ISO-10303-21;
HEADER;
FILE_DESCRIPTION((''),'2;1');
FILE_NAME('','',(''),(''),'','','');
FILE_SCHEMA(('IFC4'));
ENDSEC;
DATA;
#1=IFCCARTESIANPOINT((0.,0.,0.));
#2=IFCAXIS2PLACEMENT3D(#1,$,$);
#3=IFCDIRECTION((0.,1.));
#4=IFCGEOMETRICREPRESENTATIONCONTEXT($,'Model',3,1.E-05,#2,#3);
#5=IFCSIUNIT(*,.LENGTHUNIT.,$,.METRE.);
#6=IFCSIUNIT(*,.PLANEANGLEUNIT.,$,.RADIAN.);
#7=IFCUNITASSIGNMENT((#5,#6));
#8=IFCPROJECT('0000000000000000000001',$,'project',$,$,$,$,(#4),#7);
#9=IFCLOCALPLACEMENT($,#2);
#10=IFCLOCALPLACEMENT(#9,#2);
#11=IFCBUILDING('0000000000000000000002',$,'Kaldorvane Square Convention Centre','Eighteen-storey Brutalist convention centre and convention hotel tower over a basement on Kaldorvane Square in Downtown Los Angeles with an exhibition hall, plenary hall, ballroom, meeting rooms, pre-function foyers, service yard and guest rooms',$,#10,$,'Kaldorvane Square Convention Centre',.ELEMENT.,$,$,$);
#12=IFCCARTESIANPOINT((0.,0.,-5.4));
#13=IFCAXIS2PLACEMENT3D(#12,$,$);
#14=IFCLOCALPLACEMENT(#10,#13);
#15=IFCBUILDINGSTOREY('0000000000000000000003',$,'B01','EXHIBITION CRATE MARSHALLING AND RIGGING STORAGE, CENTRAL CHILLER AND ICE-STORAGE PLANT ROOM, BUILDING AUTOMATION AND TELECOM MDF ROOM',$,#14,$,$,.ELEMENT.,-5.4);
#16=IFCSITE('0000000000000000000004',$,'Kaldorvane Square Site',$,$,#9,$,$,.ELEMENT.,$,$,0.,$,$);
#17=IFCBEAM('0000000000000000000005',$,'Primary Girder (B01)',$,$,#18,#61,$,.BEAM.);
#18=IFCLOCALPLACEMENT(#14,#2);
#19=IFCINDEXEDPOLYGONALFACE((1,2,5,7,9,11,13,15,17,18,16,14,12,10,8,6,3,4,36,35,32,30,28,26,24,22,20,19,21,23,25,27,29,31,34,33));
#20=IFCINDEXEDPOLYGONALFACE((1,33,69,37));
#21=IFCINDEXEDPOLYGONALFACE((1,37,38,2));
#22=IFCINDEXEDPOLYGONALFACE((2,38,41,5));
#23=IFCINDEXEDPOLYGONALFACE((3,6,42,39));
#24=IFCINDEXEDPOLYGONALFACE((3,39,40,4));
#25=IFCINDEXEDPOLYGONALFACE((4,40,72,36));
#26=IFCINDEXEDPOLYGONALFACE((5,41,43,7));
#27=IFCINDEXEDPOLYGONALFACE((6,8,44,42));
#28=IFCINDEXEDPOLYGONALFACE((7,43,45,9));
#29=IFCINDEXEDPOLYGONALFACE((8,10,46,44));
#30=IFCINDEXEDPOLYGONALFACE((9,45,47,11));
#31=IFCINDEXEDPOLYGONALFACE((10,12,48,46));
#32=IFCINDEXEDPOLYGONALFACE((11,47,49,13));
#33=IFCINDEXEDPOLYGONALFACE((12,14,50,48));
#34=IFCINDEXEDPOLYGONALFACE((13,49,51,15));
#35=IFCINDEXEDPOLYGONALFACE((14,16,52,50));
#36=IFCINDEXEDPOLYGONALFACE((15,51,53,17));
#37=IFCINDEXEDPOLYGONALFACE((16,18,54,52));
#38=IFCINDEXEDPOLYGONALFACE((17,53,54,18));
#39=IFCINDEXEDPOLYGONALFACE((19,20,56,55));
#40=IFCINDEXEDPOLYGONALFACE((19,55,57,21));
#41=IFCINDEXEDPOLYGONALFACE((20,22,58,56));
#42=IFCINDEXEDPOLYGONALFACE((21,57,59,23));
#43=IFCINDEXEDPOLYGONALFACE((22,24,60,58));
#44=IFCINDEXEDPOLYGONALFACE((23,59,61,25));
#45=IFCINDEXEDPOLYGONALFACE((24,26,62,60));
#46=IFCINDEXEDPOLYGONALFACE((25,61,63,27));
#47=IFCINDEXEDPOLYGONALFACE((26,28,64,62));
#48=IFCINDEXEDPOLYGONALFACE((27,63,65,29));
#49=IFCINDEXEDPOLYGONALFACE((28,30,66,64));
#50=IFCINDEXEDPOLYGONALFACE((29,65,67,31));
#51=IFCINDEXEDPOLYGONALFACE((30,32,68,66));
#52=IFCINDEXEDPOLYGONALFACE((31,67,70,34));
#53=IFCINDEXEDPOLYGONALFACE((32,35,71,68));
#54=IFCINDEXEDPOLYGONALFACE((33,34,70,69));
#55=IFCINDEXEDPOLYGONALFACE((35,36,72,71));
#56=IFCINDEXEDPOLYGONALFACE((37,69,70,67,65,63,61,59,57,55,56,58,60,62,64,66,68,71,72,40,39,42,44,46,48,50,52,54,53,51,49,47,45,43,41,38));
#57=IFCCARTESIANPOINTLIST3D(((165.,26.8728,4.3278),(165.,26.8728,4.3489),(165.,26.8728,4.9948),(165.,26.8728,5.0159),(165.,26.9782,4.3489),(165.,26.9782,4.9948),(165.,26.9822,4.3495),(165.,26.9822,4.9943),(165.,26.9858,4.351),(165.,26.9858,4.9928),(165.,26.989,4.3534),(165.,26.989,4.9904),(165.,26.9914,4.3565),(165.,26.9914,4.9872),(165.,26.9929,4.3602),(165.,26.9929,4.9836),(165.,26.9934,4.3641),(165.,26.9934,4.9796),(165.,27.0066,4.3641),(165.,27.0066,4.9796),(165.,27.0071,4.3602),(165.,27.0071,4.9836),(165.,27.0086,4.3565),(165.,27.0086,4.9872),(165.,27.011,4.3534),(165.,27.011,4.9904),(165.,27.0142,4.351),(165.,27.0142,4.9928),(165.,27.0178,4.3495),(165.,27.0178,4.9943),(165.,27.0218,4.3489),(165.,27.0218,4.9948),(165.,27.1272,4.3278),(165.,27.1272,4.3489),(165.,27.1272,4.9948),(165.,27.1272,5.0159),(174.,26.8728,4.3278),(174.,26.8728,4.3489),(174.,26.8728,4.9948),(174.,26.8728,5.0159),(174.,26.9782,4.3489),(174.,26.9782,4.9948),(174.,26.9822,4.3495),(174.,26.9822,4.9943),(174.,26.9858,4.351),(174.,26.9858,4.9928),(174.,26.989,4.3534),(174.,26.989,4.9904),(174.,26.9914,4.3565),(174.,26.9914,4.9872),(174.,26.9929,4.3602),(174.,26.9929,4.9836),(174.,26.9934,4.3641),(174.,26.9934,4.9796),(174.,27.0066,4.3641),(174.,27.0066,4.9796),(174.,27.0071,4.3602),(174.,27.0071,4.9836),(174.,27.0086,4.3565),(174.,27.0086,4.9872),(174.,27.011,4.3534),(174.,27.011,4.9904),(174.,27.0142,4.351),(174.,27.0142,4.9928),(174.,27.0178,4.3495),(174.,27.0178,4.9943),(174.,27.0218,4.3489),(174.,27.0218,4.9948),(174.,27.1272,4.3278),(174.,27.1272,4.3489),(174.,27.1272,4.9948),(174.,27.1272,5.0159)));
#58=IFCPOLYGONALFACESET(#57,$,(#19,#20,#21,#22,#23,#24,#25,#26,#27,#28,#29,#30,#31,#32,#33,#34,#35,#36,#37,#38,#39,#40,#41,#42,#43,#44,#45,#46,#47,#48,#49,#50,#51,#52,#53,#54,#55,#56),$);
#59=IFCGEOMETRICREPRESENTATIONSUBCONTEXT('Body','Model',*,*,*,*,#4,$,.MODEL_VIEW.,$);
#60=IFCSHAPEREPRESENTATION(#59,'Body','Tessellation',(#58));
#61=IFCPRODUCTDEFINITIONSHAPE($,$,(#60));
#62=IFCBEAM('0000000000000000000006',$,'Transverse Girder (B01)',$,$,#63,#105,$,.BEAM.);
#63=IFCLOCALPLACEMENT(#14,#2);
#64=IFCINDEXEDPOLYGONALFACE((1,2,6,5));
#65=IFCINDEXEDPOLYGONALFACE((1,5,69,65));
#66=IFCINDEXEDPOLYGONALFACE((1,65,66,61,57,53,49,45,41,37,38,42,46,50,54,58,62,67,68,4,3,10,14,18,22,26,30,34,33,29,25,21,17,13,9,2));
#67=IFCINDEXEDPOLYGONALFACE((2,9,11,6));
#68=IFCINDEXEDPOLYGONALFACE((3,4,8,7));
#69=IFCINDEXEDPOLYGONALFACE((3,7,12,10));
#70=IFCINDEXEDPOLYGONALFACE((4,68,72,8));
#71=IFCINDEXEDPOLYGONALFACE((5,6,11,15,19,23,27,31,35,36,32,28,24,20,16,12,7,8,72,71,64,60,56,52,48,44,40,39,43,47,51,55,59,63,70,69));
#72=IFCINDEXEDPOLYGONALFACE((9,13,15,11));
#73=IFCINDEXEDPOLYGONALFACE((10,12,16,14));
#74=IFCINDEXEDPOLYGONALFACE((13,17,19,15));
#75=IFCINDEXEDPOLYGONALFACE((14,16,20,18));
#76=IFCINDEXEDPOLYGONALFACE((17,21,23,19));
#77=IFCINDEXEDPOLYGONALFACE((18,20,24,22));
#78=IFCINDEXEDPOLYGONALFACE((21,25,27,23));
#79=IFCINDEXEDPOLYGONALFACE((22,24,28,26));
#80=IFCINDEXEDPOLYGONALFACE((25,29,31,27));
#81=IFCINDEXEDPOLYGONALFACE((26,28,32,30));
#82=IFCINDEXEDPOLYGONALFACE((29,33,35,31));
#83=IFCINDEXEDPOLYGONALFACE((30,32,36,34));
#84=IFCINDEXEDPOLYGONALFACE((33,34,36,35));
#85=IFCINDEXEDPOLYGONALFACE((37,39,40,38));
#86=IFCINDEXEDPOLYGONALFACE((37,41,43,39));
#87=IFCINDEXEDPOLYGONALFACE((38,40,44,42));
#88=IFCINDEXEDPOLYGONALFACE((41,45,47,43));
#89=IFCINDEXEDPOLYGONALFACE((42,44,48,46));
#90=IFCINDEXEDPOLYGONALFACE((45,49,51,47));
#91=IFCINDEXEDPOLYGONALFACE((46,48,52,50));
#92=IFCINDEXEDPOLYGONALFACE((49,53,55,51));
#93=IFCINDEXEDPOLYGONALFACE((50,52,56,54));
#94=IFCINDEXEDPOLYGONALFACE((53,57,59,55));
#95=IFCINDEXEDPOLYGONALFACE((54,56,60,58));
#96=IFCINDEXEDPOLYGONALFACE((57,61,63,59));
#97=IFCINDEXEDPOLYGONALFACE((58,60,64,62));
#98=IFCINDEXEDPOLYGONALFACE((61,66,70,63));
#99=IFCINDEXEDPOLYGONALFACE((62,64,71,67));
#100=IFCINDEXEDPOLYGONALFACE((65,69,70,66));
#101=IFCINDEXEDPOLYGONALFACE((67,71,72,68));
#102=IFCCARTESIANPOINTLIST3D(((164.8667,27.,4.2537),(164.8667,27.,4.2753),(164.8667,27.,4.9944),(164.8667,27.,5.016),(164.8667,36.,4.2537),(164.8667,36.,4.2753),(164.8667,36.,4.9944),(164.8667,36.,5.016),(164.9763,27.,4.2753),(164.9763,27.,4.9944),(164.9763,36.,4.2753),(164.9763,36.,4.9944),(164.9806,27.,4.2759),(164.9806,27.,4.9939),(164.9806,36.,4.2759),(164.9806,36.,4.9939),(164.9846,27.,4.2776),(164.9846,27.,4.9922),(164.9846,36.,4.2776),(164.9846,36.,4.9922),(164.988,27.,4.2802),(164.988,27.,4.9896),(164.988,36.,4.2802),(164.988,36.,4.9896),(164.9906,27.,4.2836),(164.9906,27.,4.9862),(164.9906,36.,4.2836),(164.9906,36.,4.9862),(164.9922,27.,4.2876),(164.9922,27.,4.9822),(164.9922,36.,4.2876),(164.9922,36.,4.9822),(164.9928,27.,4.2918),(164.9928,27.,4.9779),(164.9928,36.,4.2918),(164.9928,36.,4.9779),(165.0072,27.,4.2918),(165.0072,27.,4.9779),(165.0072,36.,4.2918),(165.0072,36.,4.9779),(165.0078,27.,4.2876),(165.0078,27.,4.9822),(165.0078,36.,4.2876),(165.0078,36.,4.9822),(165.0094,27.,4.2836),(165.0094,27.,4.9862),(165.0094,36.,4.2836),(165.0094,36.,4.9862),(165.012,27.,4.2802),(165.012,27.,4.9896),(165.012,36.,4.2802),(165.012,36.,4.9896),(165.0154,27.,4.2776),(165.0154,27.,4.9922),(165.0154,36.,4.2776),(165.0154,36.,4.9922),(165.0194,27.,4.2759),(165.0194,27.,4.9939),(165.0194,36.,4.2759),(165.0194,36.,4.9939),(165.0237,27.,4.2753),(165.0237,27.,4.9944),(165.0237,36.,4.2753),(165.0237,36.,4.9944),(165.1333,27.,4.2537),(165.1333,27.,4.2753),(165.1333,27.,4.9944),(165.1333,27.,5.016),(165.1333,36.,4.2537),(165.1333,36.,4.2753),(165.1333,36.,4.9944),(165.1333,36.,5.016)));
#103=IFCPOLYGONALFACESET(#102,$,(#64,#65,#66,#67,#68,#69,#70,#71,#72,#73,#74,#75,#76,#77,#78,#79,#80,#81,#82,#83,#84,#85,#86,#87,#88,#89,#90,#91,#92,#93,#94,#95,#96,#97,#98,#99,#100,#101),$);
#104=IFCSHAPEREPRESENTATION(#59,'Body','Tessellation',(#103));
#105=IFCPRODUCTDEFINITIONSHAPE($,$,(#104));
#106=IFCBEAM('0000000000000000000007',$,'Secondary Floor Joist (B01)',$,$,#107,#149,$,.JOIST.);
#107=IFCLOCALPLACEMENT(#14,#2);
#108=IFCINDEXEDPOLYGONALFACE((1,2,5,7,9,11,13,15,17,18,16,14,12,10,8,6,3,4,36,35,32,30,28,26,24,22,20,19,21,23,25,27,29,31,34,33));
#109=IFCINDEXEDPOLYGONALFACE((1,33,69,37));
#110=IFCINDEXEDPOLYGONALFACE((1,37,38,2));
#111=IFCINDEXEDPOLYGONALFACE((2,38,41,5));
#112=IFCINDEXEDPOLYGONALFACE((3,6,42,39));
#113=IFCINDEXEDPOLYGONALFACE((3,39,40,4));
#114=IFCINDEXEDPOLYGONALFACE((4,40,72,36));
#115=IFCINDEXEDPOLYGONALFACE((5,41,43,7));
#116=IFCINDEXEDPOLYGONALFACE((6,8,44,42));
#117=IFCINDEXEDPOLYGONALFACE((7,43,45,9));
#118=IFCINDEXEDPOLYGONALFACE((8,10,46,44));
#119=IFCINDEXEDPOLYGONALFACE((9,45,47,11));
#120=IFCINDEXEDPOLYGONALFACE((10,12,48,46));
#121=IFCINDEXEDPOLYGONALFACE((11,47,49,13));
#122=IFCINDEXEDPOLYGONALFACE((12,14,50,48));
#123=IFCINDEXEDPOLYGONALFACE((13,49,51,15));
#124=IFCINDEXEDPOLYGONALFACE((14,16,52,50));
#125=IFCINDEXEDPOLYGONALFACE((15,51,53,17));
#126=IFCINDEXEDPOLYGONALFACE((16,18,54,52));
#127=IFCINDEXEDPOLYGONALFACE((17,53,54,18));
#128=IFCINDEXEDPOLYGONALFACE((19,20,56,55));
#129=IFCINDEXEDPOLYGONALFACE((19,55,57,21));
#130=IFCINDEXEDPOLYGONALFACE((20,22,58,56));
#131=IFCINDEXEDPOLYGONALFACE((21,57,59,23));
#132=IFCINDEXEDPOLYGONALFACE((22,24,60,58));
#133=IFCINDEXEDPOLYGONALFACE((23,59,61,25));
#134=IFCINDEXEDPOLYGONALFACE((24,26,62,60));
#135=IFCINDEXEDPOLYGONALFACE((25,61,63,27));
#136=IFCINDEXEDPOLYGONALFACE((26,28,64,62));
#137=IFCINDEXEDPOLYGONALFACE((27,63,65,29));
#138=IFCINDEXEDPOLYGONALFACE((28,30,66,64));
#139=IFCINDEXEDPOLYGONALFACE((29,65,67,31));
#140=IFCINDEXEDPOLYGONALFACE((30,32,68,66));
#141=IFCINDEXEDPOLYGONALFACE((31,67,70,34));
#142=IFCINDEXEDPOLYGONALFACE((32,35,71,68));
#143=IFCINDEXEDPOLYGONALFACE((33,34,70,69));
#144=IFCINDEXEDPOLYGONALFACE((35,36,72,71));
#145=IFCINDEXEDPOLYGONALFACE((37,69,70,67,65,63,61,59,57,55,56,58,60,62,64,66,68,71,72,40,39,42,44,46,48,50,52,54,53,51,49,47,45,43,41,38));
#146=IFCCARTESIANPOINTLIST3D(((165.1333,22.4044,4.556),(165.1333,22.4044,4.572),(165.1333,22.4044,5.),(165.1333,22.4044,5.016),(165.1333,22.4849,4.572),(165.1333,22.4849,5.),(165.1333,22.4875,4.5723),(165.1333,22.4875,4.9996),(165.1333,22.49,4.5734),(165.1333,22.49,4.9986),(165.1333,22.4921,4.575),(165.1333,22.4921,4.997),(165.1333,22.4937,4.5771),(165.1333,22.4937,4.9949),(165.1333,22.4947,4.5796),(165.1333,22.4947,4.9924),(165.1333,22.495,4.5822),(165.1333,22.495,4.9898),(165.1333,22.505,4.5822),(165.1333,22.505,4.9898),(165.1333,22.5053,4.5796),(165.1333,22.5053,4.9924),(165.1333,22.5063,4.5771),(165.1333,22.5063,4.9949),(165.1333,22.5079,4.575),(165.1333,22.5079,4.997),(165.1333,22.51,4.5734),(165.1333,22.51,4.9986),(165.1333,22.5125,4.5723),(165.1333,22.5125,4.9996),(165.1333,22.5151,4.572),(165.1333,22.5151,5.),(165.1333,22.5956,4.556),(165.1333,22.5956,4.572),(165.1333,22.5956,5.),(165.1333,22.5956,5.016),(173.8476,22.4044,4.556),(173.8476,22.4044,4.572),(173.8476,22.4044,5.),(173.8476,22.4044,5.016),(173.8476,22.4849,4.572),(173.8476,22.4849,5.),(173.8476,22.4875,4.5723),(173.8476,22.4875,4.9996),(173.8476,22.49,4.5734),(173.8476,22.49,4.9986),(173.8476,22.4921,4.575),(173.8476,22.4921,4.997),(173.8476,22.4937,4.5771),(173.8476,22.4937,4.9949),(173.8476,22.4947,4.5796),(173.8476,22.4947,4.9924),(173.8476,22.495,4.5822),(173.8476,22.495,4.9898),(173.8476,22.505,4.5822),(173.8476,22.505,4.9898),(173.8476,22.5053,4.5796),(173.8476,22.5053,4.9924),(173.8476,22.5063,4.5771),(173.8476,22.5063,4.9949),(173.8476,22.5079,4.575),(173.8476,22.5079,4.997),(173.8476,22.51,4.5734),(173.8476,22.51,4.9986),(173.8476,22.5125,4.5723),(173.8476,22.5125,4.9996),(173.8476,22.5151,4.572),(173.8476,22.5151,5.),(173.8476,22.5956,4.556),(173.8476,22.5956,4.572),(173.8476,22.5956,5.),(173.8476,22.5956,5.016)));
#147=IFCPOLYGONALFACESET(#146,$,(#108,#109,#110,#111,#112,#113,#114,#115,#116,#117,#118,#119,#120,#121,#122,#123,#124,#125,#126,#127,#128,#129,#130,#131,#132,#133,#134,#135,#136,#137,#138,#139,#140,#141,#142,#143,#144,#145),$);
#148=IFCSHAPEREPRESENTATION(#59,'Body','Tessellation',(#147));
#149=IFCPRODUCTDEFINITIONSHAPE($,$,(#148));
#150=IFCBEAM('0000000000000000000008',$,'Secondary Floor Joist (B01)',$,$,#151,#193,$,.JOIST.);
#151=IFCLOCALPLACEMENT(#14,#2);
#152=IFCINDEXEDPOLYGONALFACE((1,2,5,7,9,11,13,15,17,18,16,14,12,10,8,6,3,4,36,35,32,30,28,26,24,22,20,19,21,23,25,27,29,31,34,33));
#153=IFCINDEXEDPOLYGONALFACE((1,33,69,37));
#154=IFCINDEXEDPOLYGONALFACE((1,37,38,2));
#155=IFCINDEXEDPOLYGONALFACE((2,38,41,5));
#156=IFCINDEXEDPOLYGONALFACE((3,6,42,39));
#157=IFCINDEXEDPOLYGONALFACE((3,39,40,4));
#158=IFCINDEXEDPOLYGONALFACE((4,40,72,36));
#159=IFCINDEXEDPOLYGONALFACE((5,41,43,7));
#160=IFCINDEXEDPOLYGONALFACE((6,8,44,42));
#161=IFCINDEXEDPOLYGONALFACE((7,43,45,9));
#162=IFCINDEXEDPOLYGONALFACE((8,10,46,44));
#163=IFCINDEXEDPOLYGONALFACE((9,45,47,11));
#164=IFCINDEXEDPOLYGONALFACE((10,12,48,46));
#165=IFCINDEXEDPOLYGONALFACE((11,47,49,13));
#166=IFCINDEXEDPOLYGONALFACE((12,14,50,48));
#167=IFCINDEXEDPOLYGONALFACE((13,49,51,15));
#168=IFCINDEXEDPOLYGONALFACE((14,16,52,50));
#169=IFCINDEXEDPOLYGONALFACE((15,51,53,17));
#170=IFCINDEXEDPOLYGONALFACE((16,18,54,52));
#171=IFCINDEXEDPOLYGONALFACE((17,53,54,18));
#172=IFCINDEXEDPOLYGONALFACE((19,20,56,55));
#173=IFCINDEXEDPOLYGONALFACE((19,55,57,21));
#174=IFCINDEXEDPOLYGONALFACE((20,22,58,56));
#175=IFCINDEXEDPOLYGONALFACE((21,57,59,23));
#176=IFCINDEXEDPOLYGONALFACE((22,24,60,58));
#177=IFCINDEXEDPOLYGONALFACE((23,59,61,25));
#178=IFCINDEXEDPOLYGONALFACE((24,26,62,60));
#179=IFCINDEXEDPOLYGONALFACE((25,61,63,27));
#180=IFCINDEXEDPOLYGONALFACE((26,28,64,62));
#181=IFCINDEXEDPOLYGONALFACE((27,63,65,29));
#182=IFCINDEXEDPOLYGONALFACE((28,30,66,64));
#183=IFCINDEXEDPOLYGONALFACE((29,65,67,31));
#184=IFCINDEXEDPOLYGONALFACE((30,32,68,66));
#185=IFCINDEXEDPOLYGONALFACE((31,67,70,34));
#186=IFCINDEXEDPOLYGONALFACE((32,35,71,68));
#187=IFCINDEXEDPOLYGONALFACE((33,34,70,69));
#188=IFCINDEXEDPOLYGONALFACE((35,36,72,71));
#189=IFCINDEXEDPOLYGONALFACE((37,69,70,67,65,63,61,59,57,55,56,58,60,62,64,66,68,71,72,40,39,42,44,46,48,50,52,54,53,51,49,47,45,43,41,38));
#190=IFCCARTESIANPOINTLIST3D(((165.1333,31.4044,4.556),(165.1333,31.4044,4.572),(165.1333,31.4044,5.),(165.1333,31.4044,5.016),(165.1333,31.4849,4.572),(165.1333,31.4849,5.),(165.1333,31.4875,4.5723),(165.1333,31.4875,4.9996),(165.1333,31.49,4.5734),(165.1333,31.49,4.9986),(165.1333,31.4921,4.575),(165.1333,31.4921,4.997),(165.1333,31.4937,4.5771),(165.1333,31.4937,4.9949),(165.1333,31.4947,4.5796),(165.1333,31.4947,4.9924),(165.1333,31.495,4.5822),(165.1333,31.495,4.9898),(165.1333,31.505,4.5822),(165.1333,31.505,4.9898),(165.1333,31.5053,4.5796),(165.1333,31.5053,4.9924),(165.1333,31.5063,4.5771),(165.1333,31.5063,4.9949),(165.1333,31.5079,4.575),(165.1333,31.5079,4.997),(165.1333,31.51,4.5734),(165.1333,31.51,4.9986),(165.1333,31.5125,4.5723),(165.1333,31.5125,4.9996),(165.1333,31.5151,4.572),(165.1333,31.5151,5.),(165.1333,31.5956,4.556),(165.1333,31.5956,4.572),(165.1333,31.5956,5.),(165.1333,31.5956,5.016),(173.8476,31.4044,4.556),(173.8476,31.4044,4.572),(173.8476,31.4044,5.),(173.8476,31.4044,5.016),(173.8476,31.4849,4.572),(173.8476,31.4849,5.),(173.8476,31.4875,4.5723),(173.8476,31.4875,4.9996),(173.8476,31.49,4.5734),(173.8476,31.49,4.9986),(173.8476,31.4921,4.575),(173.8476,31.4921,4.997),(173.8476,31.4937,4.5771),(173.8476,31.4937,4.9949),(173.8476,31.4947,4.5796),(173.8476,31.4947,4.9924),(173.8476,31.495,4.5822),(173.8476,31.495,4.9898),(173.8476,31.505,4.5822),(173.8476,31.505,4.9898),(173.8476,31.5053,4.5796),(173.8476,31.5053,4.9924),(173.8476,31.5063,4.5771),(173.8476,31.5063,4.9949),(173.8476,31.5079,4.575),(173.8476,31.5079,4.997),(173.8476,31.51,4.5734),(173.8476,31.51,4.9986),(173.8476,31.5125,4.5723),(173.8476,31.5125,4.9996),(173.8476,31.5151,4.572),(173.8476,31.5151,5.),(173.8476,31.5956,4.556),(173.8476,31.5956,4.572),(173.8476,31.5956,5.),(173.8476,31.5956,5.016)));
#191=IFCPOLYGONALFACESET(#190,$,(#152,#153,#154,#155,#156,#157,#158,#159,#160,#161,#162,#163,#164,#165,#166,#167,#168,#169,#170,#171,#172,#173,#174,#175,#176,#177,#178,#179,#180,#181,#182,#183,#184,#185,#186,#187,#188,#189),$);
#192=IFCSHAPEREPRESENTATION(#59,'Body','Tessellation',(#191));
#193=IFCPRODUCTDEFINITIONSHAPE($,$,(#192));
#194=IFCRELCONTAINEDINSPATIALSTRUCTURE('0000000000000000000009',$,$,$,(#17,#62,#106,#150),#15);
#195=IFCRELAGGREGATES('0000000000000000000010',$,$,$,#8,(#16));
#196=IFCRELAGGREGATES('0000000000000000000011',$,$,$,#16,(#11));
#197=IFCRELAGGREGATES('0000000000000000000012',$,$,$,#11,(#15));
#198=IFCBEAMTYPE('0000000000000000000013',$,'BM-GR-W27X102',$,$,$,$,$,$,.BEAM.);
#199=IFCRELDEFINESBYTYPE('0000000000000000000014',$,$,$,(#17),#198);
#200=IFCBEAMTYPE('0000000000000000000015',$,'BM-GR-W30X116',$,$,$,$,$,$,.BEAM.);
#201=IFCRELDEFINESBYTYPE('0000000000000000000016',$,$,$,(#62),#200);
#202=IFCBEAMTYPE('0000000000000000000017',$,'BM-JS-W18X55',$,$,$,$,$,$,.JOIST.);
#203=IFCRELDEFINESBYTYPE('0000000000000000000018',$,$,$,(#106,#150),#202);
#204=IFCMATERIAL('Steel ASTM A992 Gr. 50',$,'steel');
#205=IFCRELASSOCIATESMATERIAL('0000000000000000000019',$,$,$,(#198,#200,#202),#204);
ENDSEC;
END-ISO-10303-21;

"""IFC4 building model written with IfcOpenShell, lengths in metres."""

from ifc_helpers import new_model, si_unit, direction, frame, origin, origin_2d, place, context, subcontext, project, spatial, i_section, extrude, material, material_profile, profile_set, type_object, element, save


model = new_model("IFC4")

# Units and contexts
model_context = context("Model", 3, precision=1e-05, world=origin(), true_north=direction((0.0, 1.0)))
body_context = subcontext(model_context, "Body", "Model", "MODEL_VIEW")
ifc_project = project(units=[si_unit("LENGTHUNIT", "METRE"), si_unit("PLANEANGLEUNIT", "RADIAN")], contexts=[model_context])

# Site, building, storey
site_placement = place(None, origin())
site = spatial("IfcSite", under=ifc_project, at=site_placement, Name="Kaldorvane Square Site", CompositionType="ELEMENT", RefElevation=0.0)
building_placement = place(site_placement, origin())
building = spatial("IfcBuilding", under=site, at=building_placement, Name="Kaldorvane Square Convention Centre", Description="Eighteen-storey Brutalist convention centre and convention hotel tower over a basement on Kaldorvane Square in Downtown Los Angeles with an exhibition hall, plenary hall, ballroom, meeting rooms, pre-function foyers, service yard and guest rooms", LongName="Kaldorvane Square Convention Centre", CompositionType="ELEMENT")
storey_placement = place(building_placement, frame((0.0, 0.0, -5.4)))
storey = spatial("IfcBuildingStorey", under=building, at=storey_placement, Name="B01", Description="EXHIBITION CRATE MARSHALLING AND RIGGING STORAGE, CENTRAL CHILLER AND ICE-STORAGE PLANT ROOM, BUILDING AUTOMATION AND TELECOM MDF ROOM", CompositionType="ELEMENT", Elevation=-5.4)

# Shared definitions
ifc_material_1 = material(Name="Steel ASTM A992 Gr. 50", Category="steel")

# Beams
ifc_material_profile_1 = material_profile(ifc_material_1, i_section(OverallWidth=0.2544, OverallDepth=0.6881, WebThickness=0.0131, FlangeThickness=0.0211, FilletRadius=0.0152, at=origin_2d()), Name="W27X102")
ifc_profile_set_1 = profile_set([ifc_material_profile_1], Name="Steel ASTM A992 Gr. 50")
beam_type_1 = type_object("IfcBeamType", Name="BM-GR-W27X102", PredefinedType="BEAM", material=ifc_profile_set_1)
beam_1_placement = place(storey_placement, frame((165.0, 27.0, 4.6719), z_axis=(1.0, 0.0, 0.0), x_axis=(0.0, 1.0, 0.0)))
element("IfcBeam", 1, at=beam_1_placement, inside=storey, type_object=beam_type_1, Name="Primary Girder (B01)", PredefinedType="BEAM", context=body_context, shape_type="SweptSolid", body=[
    extrude(i_section(OverallWidth=0.2544, OverallDepth=0.6881, WebThickness=0.0131, FlangeThickness=0.0211, FilletRadius=0.0152, at=origin_2d()), origin(), (0.0, 0.0, 1.0), 9.0),
])
ifc_material_profile_2 = material_profile(ifc_material_1, i_section(OverallWidth=0.2666, OverallDepth=0.7623, WebThickness=0.0144, FlangeThickness=0.0216, FilletRadius=0.0165, at=origin_2d()), Name="W30X116")
ifc_profile_set_2 = profile_set([ifc_material_profile_2], Name="Steel ASTM A992 Gr. 50")
beam_type_2 = type_object("IfcBeamType", Name="BM-GR-W30X116", PredefinedType="BEAM", material=ifc_profile_set_2)
beam_2_placement = place(storey_placement, frame((165.0, 27.0, 4.6349), z_axis=(0.0, 1.0, 0.0), x_axis=(-1.0, 0.0, 0.0)))
element("IfcBeam", 2, at=beam_2_placement, inside=storey, type_object=beam_type_2, Name="Transverse Girder (B01)", PredefinedType="BEAM", context=body_context, shape_type="SweptSolid", body=[
    extrude(i_section(OverallWidth=0.2666, OverallDepth=0.7623, WebThickness=0.0144, FlangeThickness=0.0216, FilletRadius=0.0165, at=origin_2d()), origin(), (0.0, 0.0, 1.0), 9.0),
])
ifc_material_profile_3 = material_profile(ifc_material_1, i_section(OverallWidth=0.1913, OverallDepth=0.46, WebThickness=0.0099, FlangeThickness=0.016, FilletRadius=0.0102, at=origin_2d()), Name="W18X55")
ifc_profile_set_3 = profile_set([ifc_material_profile_3], Name="Steel ASTM A992 Gr. 50")
beam_type_3 = type_object("IfcBeamType", Name="BM-JS-W18X55", PredefinedType="JOIST", material=ifc_profile_set_3)
for number, where, z_axis, x_axis, name in (
    (3, (165.1333, 22.5, 4.786), (1.0, 0.0, 0.0), (0.0, 1.0, 0.0), "Secondary Floor Joist (B01)"),
    (4, (165.1333, 31.5, 4.786), (1.0, 0.0, 0.0), (0.0, 1.0, 0.0), "Secondary Floor Joist (B01)"),
):
    element("IfcBeam", number, at=place(storey_placement, frame(where, z_axis=z_axis, x_axis=x_axis)), inside=storey, type_object=beam_type_3, Name=name, PredefinedType="JOIST", context=body_context, shape_type="SweptSolid", body=[
        extrude(i_section(OverallWidth=0.1913, OverallDepth=0.46, WebThickness=0.0099, FlangeThickness=0.016, FilletRadius=0.0102, at=origin_2d()), origin(), (0.0, 0.0, 1.0), 8.7143),
    ])

save(model, "model.ifc")
